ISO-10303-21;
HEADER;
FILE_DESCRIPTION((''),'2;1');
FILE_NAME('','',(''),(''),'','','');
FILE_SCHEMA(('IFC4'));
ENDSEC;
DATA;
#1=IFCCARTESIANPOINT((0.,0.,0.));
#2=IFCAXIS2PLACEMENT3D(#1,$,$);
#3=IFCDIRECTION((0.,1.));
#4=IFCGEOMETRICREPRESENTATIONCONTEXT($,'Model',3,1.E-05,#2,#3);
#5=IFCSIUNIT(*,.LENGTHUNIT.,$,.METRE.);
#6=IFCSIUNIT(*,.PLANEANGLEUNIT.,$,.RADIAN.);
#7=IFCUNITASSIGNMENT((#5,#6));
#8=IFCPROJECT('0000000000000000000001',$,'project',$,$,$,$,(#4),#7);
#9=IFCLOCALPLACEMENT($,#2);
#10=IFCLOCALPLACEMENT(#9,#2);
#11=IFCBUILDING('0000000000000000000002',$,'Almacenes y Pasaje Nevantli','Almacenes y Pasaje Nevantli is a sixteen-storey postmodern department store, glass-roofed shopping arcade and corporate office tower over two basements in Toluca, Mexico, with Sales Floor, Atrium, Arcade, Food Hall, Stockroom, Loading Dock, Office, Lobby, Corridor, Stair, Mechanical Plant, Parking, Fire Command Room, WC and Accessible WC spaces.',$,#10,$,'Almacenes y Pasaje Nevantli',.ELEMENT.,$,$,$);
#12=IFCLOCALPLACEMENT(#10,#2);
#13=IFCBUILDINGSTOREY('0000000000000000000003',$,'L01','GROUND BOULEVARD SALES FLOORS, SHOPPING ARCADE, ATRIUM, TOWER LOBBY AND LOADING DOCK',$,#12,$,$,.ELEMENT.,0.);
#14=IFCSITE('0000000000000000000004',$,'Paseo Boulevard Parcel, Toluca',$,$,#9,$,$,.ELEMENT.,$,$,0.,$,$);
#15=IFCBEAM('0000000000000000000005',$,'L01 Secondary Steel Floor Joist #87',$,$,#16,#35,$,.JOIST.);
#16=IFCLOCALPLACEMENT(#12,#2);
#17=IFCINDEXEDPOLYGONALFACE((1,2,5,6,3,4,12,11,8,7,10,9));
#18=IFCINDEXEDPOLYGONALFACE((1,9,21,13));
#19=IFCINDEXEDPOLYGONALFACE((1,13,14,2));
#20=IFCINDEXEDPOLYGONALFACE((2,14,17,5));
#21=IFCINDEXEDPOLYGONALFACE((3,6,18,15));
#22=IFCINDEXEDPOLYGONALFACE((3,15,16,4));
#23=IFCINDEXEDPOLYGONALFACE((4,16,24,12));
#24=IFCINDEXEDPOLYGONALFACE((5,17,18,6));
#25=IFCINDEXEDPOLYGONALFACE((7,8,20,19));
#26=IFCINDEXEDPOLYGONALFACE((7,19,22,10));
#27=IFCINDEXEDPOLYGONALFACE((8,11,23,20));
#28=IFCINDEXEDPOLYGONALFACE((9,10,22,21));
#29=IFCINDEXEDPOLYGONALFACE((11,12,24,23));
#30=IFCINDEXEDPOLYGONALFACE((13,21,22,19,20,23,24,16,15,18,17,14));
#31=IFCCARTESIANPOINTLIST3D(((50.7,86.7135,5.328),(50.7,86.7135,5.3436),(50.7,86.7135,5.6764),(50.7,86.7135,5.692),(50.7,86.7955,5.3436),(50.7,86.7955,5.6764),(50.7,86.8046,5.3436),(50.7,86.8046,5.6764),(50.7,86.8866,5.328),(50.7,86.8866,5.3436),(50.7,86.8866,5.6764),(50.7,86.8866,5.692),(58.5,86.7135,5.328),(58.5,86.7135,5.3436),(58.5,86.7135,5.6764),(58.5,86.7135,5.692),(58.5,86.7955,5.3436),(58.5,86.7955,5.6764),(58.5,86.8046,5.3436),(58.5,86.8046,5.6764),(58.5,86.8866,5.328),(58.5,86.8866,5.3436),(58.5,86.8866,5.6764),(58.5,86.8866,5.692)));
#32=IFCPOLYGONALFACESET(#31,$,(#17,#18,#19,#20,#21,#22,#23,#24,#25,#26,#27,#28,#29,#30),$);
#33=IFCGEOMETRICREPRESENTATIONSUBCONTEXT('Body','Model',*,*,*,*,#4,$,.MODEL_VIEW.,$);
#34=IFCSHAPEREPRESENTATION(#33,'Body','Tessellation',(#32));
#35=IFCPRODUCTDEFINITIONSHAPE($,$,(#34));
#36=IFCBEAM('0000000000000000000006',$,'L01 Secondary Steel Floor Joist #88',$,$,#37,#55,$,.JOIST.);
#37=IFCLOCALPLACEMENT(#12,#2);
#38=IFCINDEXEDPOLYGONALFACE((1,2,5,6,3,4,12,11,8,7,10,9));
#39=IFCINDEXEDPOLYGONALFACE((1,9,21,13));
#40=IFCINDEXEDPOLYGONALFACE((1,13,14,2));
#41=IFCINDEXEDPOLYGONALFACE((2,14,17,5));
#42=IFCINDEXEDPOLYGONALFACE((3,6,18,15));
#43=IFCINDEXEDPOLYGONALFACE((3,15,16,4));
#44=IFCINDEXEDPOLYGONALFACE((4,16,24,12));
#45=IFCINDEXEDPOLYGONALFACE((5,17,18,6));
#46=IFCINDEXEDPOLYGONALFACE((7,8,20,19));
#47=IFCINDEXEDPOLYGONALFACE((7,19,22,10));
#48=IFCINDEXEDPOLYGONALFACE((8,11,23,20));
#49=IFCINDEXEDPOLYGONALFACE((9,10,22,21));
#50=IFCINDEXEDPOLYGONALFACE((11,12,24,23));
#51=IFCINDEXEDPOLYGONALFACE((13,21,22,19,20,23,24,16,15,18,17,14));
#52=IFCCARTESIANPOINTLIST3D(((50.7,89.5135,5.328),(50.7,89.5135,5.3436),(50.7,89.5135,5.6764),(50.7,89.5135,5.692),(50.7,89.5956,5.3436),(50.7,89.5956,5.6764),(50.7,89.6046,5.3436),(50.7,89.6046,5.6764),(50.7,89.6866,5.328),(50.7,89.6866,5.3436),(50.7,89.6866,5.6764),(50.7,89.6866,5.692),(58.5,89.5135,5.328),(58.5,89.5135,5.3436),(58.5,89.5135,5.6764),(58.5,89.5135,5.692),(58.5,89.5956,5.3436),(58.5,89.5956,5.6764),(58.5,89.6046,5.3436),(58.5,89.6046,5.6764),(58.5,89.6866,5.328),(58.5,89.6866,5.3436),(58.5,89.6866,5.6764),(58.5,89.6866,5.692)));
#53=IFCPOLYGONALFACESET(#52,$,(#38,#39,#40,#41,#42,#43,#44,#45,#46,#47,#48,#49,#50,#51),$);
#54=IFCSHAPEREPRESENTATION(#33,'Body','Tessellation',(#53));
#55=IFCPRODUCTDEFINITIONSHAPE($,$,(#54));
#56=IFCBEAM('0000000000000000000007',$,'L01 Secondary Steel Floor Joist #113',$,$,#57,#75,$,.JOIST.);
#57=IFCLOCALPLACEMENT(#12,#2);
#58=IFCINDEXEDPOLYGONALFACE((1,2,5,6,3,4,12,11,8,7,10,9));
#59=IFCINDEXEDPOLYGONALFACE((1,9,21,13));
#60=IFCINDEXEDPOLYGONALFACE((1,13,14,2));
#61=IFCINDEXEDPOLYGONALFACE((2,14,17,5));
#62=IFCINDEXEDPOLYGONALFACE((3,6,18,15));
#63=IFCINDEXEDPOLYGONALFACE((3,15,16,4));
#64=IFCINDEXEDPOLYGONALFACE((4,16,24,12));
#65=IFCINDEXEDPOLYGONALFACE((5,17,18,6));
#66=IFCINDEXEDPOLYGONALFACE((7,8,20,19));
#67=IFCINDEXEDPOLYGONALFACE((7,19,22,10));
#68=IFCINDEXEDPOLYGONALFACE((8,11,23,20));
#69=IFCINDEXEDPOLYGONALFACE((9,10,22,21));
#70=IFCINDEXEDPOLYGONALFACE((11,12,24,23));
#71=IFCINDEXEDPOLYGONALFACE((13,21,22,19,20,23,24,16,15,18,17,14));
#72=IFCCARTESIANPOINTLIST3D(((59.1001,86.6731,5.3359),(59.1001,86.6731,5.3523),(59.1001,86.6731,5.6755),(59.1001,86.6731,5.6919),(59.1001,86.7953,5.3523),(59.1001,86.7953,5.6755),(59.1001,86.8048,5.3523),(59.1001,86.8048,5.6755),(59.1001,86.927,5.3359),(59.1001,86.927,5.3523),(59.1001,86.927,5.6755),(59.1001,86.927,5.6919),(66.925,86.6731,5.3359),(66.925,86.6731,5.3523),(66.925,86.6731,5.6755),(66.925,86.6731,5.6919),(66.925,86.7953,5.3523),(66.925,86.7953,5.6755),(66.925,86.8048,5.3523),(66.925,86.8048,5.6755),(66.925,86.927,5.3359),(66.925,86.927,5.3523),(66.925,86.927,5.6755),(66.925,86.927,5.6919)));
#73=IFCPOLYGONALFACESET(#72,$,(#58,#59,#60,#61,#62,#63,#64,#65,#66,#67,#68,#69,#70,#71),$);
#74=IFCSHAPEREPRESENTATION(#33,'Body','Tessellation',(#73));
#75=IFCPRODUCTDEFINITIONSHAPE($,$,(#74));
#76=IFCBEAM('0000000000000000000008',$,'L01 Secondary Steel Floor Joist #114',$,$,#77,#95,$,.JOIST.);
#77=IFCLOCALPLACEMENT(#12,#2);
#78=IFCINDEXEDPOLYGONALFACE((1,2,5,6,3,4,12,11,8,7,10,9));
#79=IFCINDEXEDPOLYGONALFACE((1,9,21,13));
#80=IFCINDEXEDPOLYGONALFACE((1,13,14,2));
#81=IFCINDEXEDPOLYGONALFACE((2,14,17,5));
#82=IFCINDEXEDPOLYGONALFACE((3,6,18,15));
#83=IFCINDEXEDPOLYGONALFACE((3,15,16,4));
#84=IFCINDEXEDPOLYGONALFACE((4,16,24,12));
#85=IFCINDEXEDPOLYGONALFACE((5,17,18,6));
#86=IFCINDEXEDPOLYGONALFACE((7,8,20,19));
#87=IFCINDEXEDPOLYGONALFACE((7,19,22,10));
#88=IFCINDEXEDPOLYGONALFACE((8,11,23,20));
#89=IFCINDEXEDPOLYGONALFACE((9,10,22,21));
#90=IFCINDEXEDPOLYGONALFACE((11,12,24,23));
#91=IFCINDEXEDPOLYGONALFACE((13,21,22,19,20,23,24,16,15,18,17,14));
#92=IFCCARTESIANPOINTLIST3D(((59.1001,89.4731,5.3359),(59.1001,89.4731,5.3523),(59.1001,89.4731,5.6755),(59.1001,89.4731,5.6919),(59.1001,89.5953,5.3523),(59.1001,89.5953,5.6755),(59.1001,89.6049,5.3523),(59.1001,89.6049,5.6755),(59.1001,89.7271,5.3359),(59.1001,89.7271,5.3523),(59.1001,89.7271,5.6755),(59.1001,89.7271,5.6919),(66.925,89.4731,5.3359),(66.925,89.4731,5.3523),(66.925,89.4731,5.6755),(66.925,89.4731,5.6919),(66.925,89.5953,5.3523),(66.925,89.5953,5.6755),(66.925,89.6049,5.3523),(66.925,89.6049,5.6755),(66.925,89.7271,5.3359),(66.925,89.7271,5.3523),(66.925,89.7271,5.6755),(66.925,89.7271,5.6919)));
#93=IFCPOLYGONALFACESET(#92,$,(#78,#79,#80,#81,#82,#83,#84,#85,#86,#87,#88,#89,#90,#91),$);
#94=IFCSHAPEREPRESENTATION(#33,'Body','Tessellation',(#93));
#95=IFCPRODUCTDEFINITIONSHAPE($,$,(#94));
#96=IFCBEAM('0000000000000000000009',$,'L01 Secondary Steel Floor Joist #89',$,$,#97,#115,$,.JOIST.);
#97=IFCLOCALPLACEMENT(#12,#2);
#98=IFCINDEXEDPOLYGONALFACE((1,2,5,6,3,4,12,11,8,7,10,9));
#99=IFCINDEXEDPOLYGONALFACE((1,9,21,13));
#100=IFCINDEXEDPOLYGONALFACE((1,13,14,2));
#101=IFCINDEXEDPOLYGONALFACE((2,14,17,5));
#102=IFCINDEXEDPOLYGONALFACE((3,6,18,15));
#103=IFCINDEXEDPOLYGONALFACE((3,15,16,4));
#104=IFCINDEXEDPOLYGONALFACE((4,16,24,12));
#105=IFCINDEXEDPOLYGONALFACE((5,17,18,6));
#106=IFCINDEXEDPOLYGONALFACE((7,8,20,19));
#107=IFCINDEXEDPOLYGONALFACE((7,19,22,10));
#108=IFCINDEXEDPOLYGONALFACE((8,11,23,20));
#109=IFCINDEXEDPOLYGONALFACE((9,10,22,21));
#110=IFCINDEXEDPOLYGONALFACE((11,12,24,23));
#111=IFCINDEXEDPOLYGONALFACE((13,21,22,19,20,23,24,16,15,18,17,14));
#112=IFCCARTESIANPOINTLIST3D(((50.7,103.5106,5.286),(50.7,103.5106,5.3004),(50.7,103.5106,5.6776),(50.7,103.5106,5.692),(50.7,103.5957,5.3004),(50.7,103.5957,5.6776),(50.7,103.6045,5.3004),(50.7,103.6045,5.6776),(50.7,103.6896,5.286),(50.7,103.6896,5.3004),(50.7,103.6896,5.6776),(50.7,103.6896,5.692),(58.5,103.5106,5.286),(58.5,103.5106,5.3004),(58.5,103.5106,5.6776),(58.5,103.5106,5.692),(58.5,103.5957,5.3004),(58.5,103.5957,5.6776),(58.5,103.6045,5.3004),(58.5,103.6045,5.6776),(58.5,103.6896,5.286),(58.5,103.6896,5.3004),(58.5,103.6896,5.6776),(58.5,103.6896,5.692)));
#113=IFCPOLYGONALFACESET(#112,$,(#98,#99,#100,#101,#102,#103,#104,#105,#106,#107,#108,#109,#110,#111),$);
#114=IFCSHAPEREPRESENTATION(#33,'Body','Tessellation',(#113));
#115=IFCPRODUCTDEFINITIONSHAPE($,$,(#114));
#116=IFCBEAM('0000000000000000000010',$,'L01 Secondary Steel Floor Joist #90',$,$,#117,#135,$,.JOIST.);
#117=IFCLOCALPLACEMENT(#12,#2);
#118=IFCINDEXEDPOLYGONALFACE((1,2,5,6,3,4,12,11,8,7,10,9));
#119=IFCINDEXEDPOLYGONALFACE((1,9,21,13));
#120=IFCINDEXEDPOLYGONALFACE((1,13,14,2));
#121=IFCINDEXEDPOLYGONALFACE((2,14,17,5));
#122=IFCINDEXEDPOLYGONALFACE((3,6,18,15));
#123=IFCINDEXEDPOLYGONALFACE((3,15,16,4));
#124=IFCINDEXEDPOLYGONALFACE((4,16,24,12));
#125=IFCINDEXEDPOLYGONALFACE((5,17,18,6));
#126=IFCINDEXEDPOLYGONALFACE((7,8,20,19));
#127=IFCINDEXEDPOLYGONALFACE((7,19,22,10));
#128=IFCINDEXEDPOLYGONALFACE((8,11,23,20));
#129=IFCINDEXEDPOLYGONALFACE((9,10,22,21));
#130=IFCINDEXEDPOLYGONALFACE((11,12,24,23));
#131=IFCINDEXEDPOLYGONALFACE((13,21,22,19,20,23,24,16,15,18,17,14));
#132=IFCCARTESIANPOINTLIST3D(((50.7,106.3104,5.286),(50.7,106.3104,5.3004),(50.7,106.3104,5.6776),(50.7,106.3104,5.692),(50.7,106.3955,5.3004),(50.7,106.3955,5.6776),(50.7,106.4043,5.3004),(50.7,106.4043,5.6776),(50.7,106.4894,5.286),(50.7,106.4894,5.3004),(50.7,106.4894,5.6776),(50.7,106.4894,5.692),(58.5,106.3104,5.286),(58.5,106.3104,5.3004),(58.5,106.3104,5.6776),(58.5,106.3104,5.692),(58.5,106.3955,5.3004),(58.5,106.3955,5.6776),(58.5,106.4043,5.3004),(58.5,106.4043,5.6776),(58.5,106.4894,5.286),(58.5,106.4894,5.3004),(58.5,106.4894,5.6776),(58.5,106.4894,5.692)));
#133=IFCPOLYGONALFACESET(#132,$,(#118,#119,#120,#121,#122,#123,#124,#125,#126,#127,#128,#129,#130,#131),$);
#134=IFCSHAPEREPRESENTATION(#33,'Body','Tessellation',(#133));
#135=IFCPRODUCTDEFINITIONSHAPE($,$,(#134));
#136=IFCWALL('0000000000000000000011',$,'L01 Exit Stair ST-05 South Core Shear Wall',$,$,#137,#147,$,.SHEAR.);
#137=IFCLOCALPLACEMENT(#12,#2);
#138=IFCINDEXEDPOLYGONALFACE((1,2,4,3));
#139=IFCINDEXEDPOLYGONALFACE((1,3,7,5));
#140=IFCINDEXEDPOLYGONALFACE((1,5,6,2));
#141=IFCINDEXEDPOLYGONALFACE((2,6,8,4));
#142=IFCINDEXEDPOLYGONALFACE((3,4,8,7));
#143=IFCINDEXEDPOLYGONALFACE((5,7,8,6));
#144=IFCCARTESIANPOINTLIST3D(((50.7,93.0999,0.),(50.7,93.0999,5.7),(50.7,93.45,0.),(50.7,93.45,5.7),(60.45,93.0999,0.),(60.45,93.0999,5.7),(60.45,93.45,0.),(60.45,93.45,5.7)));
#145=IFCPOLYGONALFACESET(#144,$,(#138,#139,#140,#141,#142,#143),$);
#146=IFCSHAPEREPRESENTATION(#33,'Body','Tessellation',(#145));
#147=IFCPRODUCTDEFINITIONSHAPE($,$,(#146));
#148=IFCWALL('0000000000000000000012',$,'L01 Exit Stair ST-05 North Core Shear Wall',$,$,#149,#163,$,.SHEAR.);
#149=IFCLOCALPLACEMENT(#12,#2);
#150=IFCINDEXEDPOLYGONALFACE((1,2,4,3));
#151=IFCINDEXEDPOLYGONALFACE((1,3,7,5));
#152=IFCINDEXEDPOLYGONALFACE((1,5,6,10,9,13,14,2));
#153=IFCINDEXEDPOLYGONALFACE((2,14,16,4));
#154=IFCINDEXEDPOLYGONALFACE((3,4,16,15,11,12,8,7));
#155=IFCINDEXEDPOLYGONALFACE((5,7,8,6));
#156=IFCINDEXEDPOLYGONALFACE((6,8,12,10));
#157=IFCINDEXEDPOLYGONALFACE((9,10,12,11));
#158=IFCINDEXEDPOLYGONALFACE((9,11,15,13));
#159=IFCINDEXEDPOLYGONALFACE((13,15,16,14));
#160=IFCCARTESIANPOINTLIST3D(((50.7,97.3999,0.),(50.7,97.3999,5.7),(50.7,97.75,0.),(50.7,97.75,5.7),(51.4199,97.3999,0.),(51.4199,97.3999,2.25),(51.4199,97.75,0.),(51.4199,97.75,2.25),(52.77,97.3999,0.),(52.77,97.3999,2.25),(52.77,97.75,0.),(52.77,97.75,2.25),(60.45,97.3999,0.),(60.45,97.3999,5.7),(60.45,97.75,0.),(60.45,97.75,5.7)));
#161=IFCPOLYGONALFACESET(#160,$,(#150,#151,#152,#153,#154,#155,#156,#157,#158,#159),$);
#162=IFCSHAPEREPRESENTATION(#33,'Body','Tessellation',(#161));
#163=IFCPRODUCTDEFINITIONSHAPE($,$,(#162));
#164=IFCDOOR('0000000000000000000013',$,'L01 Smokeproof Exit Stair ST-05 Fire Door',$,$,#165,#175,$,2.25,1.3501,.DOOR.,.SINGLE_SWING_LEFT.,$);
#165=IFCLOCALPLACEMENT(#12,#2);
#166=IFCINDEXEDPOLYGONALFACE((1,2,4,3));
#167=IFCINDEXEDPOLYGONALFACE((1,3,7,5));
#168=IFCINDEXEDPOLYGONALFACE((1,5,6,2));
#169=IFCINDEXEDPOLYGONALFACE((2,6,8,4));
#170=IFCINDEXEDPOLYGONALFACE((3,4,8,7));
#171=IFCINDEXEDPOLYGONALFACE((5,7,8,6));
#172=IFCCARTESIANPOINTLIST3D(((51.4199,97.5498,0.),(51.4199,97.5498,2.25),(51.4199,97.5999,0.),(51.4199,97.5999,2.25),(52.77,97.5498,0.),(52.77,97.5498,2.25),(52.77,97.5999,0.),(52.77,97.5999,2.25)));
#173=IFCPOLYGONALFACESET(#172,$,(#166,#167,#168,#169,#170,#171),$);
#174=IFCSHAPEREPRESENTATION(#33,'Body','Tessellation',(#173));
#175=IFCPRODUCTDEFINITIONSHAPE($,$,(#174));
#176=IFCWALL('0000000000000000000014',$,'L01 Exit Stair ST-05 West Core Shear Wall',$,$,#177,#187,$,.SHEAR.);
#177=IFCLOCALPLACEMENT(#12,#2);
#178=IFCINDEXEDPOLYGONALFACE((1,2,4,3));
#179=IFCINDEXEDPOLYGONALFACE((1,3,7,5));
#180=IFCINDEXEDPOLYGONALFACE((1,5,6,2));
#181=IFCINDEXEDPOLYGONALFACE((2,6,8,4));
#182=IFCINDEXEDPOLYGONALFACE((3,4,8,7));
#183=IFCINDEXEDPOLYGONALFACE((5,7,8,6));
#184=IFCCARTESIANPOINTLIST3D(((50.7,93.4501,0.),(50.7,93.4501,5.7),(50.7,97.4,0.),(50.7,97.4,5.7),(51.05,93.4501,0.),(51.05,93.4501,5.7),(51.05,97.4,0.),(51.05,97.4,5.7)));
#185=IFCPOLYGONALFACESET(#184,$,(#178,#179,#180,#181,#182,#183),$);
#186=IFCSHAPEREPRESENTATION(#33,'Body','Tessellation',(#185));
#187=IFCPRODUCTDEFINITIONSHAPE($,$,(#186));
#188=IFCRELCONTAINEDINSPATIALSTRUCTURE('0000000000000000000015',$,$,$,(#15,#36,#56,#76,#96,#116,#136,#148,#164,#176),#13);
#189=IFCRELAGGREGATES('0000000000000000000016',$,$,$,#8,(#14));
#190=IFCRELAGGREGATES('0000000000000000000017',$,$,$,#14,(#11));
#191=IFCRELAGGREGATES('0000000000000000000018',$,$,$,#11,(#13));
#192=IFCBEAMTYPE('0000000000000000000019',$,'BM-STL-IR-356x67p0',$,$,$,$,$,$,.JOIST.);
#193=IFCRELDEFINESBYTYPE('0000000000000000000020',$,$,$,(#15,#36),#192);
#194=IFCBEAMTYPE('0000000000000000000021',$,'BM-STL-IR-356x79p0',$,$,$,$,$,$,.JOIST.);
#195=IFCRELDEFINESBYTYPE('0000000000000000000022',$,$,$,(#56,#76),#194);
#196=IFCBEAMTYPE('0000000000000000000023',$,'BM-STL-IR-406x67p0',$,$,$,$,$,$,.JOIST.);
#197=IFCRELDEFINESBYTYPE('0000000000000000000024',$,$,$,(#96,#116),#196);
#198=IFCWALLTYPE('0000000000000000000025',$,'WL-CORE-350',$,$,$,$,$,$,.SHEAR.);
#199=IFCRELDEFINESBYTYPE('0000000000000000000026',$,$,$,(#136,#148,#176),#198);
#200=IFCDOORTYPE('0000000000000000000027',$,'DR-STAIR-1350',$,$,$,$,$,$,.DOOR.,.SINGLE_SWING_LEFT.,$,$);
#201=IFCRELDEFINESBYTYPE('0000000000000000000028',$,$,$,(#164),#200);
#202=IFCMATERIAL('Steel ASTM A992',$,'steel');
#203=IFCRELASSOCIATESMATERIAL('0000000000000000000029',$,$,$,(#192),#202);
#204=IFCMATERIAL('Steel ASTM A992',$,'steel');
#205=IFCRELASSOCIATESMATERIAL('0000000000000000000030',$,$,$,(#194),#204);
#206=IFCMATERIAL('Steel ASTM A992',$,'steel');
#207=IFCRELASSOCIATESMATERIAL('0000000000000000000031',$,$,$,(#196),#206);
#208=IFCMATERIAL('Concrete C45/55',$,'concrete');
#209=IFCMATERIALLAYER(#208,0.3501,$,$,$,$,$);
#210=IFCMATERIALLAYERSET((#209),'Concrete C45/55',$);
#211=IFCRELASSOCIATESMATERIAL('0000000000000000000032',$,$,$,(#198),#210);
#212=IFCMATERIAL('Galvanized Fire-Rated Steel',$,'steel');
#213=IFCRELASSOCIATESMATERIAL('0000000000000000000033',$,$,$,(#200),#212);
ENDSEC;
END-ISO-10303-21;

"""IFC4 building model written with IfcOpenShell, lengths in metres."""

from ifc_helpers import new_model, si_unit, direction, frame, frame_2d, origin, origin_2d, place, context, subcontext, project, spatial, rectangle, i_section, extrude, material, layer, layer_set, material_profile, profile_set, type_object, element, fill, save


model = new_model("IFC4")

# Units and contexts
model_context = context("Model", 3, precision=1e-05, world=origin(), true_north=direction((0.0, 1.0)))
body_context = subcontext(model_context, "Body", "Model", "MODEL_VIEW")
ifc_project = project(units=[si_unit("LENGTHUNIT", "METRE"), si_unit("PLANEANGLEUNIT", "RADIAN")], contexts=[model_context])

# Site, building, storey
site_placement = place(None, origin())
site = spatial("IfcSite", under=ifc_project, at=site_placement, Name="Paseo Boulevard Parcel, Toluca", CompositionType="ELEMENT", RefElevation=0.0)
building_placement = place(site_placement, origin())
building = spatial("IfcBuilding", under=site, at=building_placement, Name="Almacenes y Pasaje Nevantli", Description="Almacenes y Pasaje Nevantli is a sixteen-storey postmodern department store, glass-roofed shopping arcade and corporate office tower over two basements in Toluca, Mexico, with Sales Floor, Atrium, Arcade, Food Hall, Stockroom, Loading Dock, Office, Lobby, Corridor, Stair, Mechanical Plant, Parking, Fire Command Room, WC and Accessible WC spaces.", LongName="Almacenes y Pasaje Nevantli", CompositionType="ELEMENT")
storey_placement = place(building_placement, origin())
storey = spatial("IfcBuildingStorey", under=building, at=storey_placement, Name="L01", Description="GROUND BOULEVARD SALES FLOORS, SHOPPING ARCADE, ATRIUM, TOWER LOBBY AND LOADING DOCK", CompositionType="ELEMENT", Elevation=0.0)

# Beams
ifc_material_1 = material(Name="Steel ASTM A992", Category="steel")
ifc_material_profile_1 = material_profile(ifc_material_1, i_section(OverallWidth=0.1731, OverallDepth=0.364, WebThickness=0.009, FlangeThickness=0.0156, at=origin_2d()), Name="IR 356x67.0")
ifc_profile_set_1 = profile_set([ifc_material_profile_1], Name="Steel ASTM A992")
beam_type_1 = type_object("IfcBeamType", Name="BM-STL-IR-356x67p0", PredefinedType="JOIST", material=ifc_profile_set_1)
for number, where, z_axis, x_axis, name in (
    (1, (50.7, 86.8, 5.51), (1.0, 0.0, 0.0), (0.0, 1.0, 0.0), "L01 Secondary Steel Floor Joist #87"),
    (2, (50.7, 89.6001, 5.51), (1.0, 0.0, 0.0), (0.0, 1.0, 0.0), "L01 Secondary Steel Floor Joist #88"),
):
    element("IfcBeam", number, at=place(storey_placement, frame(where, z_axis=z_axis, x_axis=x_axis)), inside=storey, type_object=beam_type_1, Name=name, PredefinedType="JOIST", context=body_context, shape_type="SweptSolid", body=[
        extrude(i_section(OverallWidth=0.1731, OverallDepth=0.364, WebThickness=0.009, FlangeThickness=0.0156, at=origin_2d()), origin(), (0.0, 0.0, 1.0), 7.8),
    ])
ifc_material_2 = material(Name="Steel ASTM A992", Category="steel")
ifc_material_profile_2 = material_profile(ifc_material_2, i_section(OverallWidth=0.2539, OverallDepth=0.356, WebThickness=0.0095, FlangeThickness=0.0164, at=origin_2d()), Name="IR 356x79.0")
ifc_profile_set_2 = profile_set([ifc_material_profile_2], Name="Steel ASTM A992")
beam_type_2 = type_object("IfcBeamType", Name="BM-STL-IR-356x79p0", PredefinedType="JOIST", material=ifc_profile_set_2)
for number, where, z_axis, x_axis, name in (
    (3, (59.1001, 86.8, 5.5139), (1.0, 0.0, 0.0), (0.0, 1.0, 0.0), "L01 Secondary Steel Floor Joist #113"),
    (4, (59.1001, 89.6001, 5.5139), (1.0, 0.0, 0.0), (0.0, 1.0, 0.0), "L01 Secondary Steel Floor Joist #114"),
):
    element("IfcBeam", number, at=place(storey_placement, frame(where, z_axis=z_axis, x_axis=x_axis)), inside=storey, type_object=beam_type_2, Name=name, PredefinedType="JOIST", context=body_context, shape_type="SweptSolid", body=[
        extrude(i_section(OverallWidth=0.2539, OverallDepth=0.356, WebThickness=0.0095, FlangeThickness=0.0164, at=origin_2d()), origin(), (0.0, 0.0, 1.0), 7.825),
    ])
ifc_material_3 = material(Name="Steel ASTM A992", Category="steel")
ifc_material_profile_3 = material_profile(ifc_material_3, i_section(OverallWidth=0.179, OverallDepth=0.406, WebThickness=0.0088, FlangeThickness=0.0144, at=origin_2d()), Name="IR 406x67.0")
ifc_profile_set_3 = profile_set([ifc_material_profile_3], Name="Steel ASTM A992")
beam_type_3 = type_object("IfcBeamType", Name="BM-STL-IR-406x67p0", PredefinedType="JOIST", material=ifc_profile_set_3)
for number, where, z_axis, x_axis, name in (
    (5, (50.7, 103.6001, 5.489), (1.0, 0.0, 0.0), (0.0, 1.0, 0.0), "L01 Secondary Steel Floor Joist #89"),
    (6, (50.7, 106.3999, 5.489), (1.0, 0.0, 0.0), (0.0, 1.0, 0.0), "L01 Secondary Steel Floor Joist #90"),
):
    element("IfcBeam", number, at=place(storey_placement, frame(where, z_axis=z_axis, x_axis=x_axis)), inside=storey, type_object=beam_type_3, Name=name, PredefinedType="JOIST", context=body_context, shape_type="SweptSolid", body=[
        extrude(i_section(OverallWidth=0.179, OverallDepth=0.406, WebThickness=0.0088, FlangeThickness=0.0144, at=origin_2d()), origin(), (0.0, 0.0, 1.0), 7.8),
    ])

# Wall
ifc_material_4 = material(Name="Concrete C45/55", Category="concrete")
ifc_layer_1 = layer(ifc_material_4, 0.3501)
ifc_layer_set_1 = layer_set([ifc_layer_1], Name="Concrete C45/55")
wall_type = type_object("IfcWallType", Name="WL-CORE-350", PredefinedType="SHEAR", material=ifc_layer_set_1)
wall_1_placement = place(storey_placement, frame((50.7, 93.2749, 0.0), z_axis=(0.0, 0.0, 1.0), x_axis=(1.0, 0.0, 0.0)))
element("IfcWall", 7, at=wall_1_placement, inside=storey, type_object=wall_type, Name="L01 Exit Stair ST-05 South Core Shear Wall", PredefinedType="SHEAR", context=body_context, shape_type="SweptSolid", body=[
    extrude(rectangle(XDim=9.75, YDim=0.3501, at=frame_2d((4.875, 0.0))), origin(), (0.0, 0.0, 1.0), 5.7),
])

# Wall, opening, door
wall_2_placement = place(storey_placement, frame((50.7, 97.575, 0.0), z_axis=(0.0, 0.0, 1.0), x_axis=(1.0, 0.0, 0.0)))
wall_2 = element("IfcWall", 8, at=wall_2_placement, inside=storey, type_object=wall_type, Name="L01 Exit Stair ST-05 North Core Shear Wall", PredefinedType="SHEAR", context=body_context, shape_type="SweptSolid", body=[
    extrude(rectangle(XDim=9.75, YDim=0.3501, at=frame_2d((4.875, 0.0))), origin(), (0.0, 0.0, 1.0), 5.7),
])
opening_placement = place(wall_2_placement, frame((0.72, 0.0, 0.0)))
opening = element("IfcOpeningElement", 9, at=opening_placement, cuts=wall_2, PredefinedType="OPENING", context=body_context, shape_type="SweptSolid", body=[
    extrude(rectangle(XDim=1.3501, YDim=2.25, at=frame_2d((0.675, 1.125))), frame((0.0, 0.1851, 0.0), z_axis=(0.0, -1.0, 0.0), x_axis=(1.0, 0.0, 0.0)), (0.0, 0.0, 1.0), 0.3701),
])
ifc_material_5 = material(Name="Galvanized Fire-Rated Steel", Category="steel")
door_type = type_object("IfcDoorType", Name="DR-STAIR-1350", OperationType="SINGLE_SWING_LEFT", PredefinedType="DOOR", material=ifc_material_5)
door_placement = place(opening_placement, origin())
door = element("IfcDoor", 10, at=door_placement, inside=storey, type_object=door_type, Name="L01 Smokeproof Exit Stair ST-05 Fire Door", OperationType="SINGLE_SWING_LEFT", OverallHeight=2.25, OverallWidth=1.3501, PredefinedType="DOOR", context=body_context, shape_type="SweptSolid", body=[
    extrude(rectangle(XDim=1.3501, YDim=2.25, at=frame_2d((0.675, 1.125))), frame((0.0, 0.0249, 0.0), z_axis=(0.0, -1.0, 0.0), x_axis=(1.0, 0.0, 0.0)), (0.0, 0.0, 1.0), 0.05),
])
fill(opening, door)

# Wall
for number, where, z_axis, x_axis, name in (
    (11, (50.875, 93.45, 0.0), (0.0, 0.0, 1.0), (0.0, 1.0, 0.0), "L01 Exit Stair ST-05 West Core Shear Wall"),
):
    element("IfcWall", number, at=place(storey_placement, frame(where, z_axis=z_axis, x_axis=x_axis)), inside=storey, type_object=wall_type, Name=name, PredefinedType="SHEAR", context=body_context, shape_type="SweptSolid", body=[
        extrude(rectangle(XDim=3.95, YDim=0.3501, at=frame_2d((1.9751, 0.0))), origin(), (0.0, 0.0, 1.0), 5.7),
    ])

save(model, "model.ifc")
